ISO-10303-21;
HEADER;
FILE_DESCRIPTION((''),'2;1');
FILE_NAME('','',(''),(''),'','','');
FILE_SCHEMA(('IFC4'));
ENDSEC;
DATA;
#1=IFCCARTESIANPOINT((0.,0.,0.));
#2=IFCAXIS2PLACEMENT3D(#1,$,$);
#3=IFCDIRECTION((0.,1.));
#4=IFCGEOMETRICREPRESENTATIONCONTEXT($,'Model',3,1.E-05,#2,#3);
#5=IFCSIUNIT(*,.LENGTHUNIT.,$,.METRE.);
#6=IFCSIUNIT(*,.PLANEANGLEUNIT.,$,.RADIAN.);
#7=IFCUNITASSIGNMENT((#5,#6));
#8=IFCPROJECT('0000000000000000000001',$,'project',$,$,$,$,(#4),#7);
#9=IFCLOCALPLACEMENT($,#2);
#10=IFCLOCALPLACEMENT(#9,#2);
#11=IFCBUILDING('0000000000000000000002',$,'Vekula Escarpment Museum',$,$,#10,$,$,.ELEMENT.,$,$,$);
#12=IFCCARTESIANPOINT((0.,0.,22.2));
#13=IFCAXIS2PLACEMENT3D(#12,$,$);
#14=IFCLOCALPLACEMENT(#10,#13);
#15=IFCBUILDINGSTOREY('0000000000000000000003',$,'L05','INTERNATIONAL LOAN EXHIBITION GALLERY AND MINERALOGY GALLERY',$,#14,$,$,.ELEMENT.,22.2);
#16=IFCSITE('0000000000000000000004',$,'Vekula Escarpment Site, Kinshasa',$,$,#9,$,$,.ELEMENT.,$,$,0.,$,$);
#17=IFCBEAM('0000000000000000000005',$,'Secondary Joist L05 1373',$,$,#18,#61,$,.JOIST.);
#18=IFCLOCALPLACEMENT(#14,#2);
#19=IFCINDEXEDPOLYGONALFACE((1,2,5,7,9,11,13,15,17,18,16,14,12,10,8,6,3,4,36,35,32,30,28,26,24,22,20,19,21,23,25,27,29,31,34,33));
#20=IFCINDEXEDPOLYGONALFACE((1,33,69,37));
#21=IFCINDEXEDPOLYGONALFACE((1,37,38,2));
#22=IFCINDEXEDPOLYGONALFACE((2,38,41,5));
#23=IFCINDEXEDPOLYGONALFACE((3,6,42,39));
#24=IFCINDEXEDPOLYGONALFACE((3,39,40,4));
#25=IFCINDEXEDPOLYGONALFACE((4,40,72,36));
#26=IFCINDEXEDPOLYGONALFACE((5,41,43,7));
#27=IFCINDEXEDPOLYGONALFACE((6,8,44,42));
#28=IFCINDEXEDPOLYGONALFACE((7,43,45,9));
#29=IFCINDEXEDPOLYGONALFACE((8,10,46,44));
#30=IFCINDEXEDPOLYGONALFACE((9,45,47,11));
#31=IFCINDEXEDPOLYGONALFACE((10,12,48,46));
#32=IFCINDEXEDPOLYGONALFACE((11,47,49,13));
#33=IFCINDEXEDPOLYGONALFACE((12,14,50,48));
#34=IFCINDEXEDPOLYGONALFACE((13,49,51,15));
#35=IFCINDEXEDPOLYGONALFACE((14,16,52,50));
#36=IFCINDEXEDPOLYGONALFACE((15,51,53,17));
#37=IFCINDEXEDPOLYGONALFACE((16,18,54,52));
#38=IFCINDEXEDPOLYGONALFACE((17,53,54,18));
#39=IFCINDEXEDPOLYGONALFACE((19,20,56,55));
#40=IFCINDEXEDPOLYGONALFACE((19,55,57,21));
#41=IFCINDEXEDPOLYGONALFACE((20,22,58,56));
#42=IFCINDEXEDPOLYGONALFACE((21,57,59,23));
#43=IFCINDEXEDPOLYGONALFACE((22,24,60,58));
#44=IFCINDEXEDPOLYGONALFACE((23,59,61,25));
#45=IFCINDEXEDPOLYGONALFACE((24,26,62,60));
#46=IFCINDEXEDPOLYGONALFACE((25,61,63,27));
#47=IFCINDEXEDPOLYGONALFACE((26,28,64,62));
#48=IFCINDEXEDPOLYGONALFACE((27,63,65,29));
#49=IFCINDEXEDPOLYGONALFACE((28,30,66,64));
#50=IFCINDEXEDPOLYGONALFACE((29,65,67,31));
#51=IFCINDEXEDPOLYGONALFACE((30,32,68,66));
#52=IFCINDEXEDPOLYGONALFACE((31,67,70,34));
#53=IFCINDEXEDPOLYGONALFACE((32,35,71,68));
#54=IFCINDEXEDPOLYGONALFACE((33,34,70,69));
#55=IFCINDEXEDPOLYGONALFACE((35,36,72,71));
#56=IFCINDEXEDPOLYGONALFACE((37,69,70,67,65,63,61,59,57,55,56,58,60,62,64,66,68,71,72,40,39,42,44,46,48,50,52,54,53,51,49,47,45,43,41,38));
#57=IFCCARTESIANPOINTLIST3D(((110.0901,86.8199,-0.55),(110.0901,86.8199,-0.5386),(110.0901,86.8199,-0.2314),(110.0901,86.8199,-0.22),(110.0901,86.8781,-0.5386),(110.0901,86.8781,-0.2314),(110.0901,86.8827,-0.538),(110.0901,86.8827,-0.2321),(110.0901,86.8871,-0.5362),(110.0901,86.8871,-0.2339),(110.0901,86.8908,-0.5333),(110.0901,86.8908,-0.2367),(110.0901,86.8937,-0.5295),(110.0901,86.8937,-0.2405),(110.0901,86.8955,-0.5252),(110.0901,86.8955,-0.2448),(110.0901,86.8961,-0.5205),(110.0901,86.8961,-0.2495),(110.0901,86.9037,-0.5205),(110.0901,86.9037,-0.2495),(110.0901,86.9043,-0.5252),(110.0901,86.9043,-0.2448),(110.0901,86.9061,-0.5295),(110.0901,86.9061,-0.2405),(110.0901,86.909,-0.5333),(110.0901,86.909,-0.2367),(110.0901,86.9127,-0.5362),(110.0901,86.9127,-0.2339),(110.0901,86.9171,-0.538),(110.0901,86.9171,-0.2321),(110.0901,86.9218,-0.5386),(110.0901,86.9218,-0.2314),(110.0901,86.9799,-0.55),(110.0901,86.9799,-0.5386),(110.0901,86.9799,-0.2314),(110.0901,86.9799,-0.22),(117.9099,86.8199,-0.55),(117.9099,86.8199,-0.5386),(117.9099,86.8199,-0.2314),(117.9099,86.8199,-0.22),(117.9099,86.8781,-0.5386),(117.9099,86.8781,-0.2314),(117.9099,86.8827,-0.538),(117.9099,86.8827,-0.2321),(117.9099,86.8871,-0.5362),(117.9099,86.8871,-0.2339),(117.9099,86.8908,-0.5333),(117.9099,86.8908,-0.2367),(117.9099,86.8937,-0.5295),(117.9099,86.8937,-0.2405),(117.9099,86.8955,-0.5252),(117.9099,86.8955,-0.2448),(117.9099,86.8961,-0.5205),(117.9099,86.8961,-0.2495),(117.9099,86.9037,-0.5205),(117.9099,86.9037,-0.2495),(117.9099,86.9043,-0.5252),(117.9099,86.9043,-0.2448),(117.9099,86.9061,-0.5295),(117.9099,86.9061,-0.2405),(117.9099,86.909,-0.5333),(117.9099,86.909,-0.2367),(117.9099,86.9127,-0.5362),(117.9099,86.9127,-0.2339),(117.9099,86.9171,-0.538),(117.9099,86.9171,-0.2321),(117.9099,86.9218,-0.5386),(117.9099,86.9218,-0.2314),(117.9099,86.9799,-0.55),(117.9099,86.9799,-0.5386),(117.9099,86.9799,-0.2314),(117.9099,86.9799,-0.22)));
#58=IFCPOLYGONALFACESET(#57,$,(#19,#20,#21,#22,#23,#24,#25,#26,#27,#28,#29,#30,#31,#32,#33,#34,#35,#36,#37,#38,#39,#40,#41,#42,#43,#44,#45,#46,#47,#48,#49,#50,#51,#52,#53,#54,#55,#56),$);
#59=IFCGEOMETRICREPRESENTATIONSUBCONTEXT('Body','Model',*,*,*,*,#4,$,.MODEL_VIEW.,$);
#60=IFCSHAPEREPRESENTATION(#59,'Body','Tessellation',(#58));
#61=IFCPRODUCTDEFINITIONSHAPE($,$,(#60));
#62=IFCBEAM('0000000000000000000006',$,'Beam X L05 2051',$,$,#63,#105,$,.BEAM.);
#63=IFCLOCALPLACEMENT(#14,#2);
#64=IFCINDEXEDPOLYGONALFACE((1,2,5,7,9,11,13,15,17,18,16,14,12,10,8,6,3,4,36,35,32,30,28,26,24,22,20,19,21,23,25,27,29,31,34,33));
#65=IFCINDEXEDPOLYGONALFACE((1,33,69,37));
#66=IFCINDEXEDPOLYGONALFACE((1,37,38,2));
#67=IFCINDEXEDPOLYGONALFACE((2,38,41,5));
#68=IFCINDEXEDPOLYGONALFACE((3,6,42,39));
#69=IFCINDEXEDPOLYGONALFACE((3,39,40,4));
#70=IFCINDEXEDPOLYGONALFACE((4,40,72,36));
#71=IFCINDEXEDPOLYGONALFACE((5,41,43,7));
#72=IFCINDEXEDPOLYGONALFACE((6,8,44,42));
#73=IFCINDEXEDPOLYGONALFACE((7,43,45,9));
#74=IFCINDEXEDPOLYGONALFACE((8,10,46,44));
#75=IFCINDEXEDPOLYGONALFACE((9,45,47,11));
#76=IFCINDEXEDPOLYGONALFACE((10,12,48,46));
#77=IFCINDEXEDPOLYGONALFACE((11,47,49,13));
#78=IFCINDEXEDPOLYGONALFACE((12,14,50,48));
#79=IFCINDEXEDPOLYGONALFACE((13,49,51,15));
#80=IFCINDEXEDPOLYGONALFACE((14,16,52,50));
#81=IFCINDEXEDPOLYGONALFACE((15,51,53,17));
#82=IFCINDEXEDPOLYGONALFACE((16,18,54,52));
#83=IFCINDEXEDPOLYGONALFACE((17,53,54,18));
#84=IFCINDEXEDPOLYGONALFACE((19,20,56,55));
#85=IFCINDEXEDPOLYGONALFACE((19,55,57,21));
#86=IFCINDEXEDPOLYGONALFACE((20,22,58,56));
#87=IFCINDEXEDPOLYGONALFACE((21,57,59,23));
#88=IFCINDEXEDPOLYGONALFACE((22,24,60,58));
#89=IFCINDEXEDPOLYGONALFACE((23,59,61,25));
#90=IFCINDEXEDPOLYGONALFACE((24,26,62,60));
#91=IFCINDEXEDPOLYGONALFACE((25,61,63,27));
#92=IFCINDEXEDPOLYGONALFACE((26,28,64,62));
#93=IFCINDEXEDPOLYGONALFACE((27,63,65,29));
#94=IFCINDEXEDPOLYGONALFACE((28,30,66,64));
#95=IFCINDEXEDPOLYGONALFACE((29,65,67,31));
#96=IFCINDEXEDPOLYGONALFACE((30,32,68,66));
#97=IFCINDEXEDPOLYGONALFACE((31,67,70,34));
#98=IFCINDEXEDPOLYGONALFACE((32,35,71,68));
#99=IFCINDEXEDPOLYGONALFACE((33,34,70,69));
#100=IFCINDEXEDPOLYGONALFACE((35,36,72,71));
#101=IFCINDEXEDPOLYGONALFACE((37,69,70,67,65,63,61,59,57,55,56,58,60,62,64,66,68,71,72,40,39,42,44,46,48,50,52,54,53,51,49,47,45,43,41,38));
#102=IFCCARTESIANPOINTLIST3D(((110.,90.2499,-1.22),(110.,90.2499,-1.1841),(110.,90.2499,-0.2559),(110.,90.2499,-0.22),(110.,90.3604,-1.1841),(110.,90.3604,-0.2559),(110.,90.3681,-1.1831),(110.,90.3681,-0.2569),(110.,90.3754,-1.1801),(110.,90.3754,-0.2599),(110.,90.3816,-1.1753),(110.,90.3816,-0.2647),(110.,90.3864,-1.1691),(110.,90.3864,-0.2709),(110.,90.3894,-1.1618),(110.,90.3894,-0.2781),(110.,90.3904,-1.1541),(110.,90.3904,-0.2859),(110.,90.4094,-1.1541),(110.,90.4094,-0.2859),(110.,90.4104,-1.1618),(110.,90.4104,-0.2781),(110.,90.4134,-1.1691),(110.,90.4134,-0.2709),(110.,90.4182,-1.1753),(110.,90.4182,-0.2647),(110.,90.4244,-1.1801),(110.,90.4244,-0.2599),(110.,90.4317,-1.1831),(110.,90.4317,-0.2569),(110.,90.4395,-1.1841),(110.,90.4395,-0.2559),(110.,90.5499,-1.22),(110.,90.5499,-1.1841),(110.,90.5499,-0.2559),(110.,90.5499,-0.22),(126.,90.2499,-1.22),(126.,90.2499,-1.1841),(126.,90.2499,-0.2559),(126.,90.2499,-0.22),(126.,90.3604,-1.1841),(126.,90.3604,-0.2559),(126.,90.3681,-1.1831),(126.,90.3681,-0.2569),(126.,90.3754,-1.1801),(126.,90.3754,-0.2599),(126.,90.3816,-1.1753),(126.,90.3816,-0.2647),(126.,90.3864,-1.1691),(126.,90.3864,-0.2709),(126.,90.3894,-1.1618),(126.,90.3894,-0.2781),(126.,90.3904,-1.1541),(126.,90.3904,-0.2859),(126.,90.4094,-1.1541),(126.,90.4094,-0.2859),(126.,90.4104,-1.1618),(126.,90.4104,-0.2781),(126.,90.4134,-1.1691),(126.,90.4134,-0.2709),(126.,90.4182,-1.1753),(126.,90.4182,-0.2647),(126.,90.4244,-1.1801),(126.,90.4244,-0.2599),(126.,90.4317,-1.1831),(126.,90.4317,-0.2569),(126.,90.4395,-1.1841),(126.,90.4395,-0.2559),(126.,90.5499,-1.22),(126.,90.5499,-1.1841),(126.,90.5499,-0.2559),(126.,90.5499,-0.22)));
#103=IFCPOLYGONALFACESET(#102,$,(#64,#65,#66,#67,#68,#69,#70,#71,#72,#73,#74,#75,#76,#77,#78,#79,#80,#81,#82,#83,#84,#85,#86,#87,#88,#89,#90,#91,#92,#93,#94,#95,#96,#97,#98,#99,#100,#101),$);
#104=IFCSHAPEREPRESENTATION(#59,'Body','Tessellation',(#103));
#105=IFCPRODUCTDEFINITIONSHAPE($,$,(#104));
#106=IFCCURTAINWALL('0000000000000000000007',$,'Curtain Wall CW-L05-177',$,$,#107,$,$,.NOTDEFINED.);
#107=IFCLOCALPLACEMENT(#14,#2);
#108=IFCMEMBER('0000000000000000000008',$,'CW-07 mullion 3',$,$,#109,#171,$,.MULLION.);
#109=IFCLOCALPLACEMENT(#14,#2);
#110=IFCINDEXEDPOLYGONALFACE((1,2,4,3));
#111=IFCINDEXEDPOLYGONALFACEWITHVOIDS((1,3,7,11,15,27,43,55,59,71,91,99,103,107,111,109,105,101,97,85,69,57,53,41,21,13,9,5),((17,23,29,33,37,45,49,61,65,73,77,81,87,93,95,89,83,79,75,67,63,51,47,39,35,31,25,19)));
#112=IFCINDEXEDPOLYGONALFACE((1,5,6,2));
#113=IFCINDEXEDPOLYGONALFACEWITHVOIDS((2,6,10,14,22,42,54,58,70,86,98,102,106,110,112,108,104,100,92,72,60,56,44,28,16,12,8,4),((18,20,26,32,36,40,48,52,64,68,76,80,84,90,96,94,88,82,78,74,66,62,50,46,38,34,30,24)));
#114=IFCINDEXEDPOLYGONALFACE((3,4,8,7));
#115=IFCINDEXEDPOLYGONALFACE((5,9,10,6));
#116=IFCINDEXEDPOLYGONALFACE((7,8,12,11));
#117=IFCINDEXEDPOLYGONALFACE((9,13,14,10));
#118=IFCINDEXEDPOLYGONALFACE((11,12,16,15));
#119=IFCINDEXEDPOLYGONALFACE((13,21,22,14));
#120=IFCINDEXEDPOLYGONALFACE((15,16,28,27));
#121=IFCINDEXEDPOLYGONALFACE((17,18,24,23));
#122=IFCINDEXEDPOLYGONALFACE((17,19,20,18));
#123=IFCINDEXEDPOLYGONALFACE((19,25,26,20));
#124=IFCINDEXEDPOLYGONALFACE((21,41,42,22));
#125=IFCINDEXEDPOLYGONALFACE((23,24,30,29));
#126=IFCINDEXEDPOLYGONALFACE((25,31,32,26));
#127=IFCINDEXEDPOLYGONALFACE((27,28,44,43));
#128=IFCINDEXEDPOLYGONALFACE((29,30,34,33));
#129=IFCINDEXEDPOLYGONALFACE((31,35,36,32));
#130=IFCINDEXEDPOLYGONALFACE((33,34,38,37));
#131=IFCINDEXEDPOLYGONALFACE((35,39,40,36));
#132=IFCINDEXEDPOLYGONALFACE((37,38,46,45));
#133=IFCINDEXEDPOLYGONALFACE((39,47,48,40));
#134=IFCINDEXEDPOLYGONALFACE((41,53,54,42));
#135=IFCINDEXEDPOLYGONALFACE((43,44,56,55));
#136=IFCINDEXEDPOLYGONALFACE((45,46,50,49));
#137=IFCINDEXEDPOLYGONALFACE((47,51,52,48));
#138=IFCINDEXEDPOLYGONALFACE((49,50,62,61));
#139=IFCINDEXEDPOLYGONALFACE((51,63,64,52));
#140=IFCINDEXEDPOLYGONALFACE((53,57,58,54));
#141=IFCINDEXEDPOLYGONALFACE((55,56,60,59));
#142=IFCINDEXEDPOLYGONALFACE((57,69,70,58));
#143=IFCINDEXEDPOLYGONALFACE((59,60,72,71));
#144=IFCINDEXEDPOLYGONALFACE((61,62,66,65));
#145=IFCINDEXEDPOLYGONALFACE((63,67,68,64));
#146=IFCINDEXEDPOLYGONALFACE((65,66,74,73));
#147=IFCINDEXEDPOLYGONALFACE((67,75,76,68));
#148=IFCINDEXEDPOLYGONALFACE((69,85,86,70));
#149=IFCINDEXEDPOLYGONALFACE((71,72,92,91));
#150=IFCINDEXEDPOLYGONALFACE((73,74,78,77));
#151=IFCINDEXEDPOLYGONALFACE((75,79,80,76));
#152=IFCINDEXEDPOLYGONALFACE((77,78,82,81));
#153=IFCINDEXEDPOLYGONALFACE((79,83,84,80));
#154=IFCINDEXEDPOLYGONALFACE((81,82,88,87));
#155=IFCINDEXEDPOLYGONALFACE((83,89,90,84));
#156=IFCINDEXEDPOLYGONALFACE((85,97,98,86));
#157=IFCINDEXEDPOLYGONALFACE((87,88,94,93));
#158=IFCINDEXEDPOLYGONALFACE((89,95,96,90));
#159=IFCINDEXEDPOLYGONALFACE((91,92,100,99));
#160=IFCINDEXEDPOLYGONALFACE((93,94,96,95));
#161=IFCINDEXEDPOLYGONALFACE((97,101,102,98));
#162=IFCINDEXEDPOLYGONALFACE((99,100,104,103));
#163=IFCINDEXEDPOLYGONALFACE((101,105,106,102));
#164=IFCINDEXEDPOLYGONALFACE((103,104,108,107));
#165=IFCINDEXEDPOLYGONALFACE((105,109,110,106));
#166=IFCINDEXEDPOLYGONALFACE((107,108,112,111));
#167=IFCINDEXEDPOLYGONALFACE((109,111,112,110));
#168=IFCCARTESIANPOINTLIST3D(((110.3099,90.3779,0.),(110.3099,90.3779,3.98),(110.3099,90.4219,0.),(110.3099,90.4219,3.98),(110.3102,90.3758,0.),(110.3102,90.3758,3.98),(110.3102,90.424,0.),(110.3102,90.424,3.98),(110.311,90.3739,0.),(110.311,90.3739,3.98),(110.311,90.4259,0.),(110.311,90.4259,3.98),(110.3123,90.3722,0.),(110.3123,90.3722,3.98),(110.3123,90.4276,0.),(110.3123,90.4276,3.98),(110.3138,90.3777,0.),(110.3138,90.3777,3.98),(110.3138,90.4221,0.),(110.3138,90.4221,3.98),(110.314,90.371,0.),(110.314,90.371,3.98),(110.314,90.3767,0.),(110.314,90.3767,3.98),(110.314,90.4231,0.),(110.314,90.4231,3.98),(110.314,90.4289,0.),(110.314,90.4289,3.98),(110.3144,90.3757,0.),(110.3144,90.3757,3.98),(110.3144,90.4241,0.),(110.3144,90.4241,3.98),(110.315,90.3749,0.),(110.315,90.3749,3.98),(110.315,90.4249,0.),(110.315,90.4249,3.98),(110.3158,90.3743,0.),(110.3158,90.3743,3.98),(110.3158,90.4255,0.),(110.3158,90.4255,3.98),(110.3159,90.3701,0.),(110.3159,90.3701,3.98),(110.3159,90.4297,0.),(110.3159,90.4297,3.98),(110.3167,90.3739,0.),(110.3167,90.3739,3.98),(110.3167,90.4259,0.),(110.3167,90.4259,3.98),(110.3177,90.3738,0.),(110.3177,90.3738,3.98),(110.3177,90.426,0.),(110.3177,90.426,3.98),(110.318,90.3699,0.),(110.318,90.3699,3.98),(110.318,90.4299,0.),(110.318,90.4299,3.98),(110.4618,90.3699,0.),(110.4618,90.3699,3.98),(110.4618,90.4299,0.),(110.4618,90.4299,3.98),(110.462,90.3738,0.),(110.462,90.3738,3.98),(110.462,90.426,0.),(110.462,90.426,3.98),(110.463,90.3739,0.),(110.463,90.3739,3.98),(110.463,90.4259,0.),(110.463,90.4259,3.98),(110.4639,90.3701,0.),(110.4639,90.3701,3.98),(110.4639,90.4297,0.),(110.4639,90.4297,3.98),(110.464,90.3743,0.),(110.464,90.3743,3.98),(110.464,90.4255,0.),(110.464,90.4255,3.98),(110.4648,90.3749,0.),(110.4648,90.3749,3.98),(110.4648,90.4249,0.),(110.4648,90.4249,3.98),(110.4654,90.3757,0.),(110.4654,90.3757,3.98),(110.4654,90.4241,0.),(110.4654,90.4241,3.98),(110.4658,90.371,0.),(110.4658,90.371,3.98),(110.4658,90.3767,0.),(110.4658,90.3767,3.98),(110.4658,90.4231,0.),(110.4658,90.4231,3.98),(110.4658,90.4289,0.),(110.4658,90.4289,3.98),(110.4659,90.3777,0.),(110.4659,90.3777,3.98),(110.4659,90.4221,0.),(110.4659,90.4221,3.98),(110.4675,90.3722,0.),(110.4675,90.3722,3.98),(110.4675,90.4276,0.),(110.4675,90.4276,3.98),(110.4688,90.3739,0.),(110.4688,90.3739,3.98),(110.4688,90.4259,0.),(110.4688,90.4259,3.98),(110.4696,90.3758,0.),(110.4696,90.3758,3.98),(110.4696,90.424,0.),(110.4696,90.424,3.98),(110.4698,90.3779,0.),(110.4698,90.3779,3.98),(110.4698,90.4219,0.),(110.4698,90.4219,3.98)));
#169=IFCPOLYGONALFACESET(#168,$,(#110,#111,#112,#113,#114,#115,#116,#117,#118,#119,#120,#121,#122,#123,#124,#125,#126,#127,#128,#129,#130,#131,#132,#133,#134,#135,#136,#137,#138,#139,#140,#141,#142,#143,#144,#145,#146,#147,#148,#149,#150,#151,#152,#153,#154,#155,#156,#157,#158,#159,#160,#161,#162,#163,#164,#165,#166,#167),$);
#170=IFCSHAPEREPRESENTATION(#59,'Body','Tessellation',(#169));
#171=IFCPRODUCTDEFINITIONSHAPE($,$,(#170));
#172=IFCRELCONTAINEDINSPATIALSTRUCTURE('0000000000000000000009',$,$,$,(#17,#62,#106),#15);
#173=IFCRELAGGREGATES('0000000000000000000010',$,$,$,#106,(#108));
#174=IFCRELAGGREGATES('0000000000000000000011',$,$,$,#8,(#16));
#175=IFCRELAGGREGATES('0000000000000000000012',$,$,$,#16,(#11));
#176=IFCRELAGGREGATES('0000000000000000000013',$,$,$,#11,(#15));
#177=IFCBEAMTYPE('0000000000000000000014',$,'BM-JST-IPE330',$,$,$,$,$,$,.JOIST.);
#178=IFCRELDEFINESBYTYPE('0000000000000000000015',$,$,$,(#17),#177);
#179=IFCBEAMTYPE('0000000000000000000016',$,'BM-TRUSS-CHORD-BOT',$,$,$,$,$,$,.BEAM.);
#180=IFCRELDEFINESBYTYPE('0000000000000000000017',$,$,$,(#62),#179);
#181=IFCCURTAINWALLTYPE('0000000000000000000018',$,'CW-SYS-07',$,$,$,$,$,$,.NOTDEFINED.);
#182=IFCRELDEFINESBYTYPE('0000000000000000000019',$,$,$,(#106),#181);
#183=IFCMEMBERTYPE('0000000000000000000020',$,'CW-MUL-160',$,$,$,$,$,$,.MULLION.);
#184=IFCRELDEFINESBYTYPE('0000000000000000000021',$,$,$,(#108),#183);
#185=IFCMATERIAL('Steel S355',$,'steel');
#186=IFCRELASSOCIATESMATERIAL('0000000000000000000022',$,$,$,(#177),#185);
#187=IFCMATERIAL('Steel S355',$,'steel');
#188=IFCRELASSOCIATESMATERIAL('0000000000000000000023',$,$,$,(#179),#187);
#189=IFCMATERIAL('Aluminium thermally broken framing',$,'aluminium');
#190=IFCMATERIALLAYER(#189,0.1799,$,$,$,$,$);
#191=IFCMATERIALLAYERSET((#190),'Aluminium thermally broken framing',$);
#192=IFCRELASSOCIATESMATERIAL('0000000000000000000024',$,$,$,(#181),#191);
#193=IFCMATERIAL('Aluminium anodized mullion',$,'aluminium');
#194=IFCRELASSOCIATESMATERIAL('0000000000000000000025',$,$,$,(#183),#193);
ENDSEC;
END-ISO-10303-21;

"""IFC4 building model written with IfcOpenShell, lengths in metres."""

from ifc_helpers import new_model, si_unit, direction, frame, origin, origin_2d, place, context, subcontext, project, spatial, hollow_rectangle, i_section, extrude, material, layer, layer_set, material_profile, profile_set, type_object, element, aggregate, save


model = new_model("IFC4")

# Units and contexts
model_context = context("Model", 3, precision=1e-05, world=origin(), true_north=direction((0.0, 1.0)))
body_context = subcontext(model_context, "Body", "Model", "MODEL_VIEW")
ifc_project = project(units=[si_unit("LENGTHUNIT", "METRE"), si_unit("PLANEANGLEUNIT", "RADIAN")], contexts=[model_context])

# Site, building, storey
site_placement = place(None, origin())
site = spatial("IfcSite", under=ifc_project, at=site_placement, Name="Vekula Escarpment Site, Kinshasa", CompositionType="ELEMENT", RefElevation=0.0)
building_placement = place(site_placement, origin())
building = spatial("IfcBuilding", under=site, at=building_placement, Name="Vekula Escarpment Museum", CompositionType="ELEMENT")
storey_placement = place(building_placement, frame((0.0, 0.0, 22.2)))
storey = spatial("IfcBuildingStorey", under=building, at=storey_placement, Name="L05", Description="INTERNATIONAL LOAN EXHIBITION GALLERY AND MINERALOGY GALLERY", CompositionType="ELEMENT", Elevation=22.2)

# Beams
ifc_material_1 = material(Name="Steel S355", Category="steel")
ifc_material_profile_1 = material_profile(ifc_material_1, i_section(OverallWidth=0.1599, OverallDepth=0.3301, WebThickness=0.0076, FlangeThickness=0.0115, FilletRadius=0.0181, at=origin_2d()), Name="IPE 330")
ifc_profile_set_1 = profile_set([ifc_material_profile_1], Name="Steel S355")
beam_type_1 = type_object("IfcBeamType", Name="BM-JST-IPE330", PredefinedType="JOIST", material=ifc_profile_set_1)
beam_1_placement = place(storey_placement, frame((110.0901, 86.8999, -0.385), z_axis=(1.0, 0.0, 0.0), x_axis=(0.0, 1.0, 0.0)))
element("IfcBeam", 1, at=beam_1_placement, inside=storey, type_object=beam_type_1, Name="Secondary Joist L05 1373", PredefinedType="JOIST", context=body_context, shape_type="SweptSolid", body=[
    extrude(i_section(OverallWidth=0.1599, OverallDepth=0.3301, WebThickness=0.0076, FlangeThickness=0.0115, FilletRadius=0.0181, at=origin_2d()), origin(), (0.0, 0.0, 1.0), 7.8198),
])
ifc_material_2 = material(Name="Steel S355", Category="steel")
ifc_material_profile_2 = material_profile(ifc_material_2, i_section(OverallWidth=0.3, OverallDepth=1.0, WebThickness=0.019, FlangeThickness=0.0359, FilletRadius=0.03, at=origin_2d()), Name="HEB 1000")
ifc_profile_set_2 = profile_set([ifc_material_profile_2], Name="Steel S355")
beam_type_2 = type_object("IfcBeamType", Name="BM-TRUSS-CHORD-BOT", PredefinedType="BEAM", material=ifc_profile_set_2)
beam_2_placement = place(storey_placement, frame((110.0, 90.3999, -0.72), z_axis=(1.0, 0.0, 0.0), x_axis=(0.0, 1.0, 0.0)))
element("IfcBeam", 2, at=beam_2_placement, inside=storey, type_object=beam_type_2, Name="Beam X L05 2051", PredefinedType="BEAM", context=body_context, shape_type="SweptSolid", body=[
    extrude(i_section(OverallWidth=0.3, OverallDepth=1.0, WebThickness=0.019, FlangeThickness=0.0359, FilletRadius=0.03, at=origin_2d()), origin(), (0.0, 0.0, 1.0), 16.0),
])

# Curtain wall, member
ifc_material_3 = material(Name="Aluminium thermally broken framing", Category="aluminium")
ifc_layer_1 = layer(ifc_material_3, 0.1799)
ifc_layer_set_1 = layer_set([ifc_layer_1], Name="Aluminium thermally broken framing")
curtain_wall_type_1 = type_object("IfcCurtainWallType", Name="CW-SYS-07", PredefinedType="NOTDEFINED", material=ifc_layer_set_1)
curtain_wall_1_placement = place(storey_placement, origin())
curtain_wall_1 = element("IfcCurtainWall", 3, at=curtain_wall_1_placement, inside=storey, type_object=curtain_wall_type_1, Name="Curtain Wall CW-L05-177", PredefinedType="NOTDEFINED")
ifc_material_4 = material(Name="Aluminium anodized mullion", Category="aluminium")
ifc_material_profile_3 = material_profile(ifc_material_4, hollow_rectangle(XDim=0.0601, YDim=0.1599, WallThickness=0.0039, InnerFilletRadius=0.0039, OuterFilletRadius=0.0081, at=origin_2d()), Name="ALU 160x60x4")
ifc_profile_set_3 = profile_set([ifc_material_profile_3], Name="Aluminium anodized mullion")
member_type_1 = type_object("IfcMemberType", Name="CW-MUL-160", PredefinedType="MULLION", material=ifc_profile_set_3)
member_1_placement = place(storey_placement, frame((110.3899, 90.3999, 0.0), z_axis=(0.0, 0.0, 1.0), x_axis=(0.0, -1.0, 0.0)))
member_1 = element("IfcMember", 4, at=member_1_placement, type_object=member_type_1, Name="CW-07 mullion 3", PredefinedType="MULLION", context=body_context, shape_type="SweptSolid", body=[
    extrude(hollow_rectangle(XDim=0.0601, YDim=0.1599, WallThickness=0.0039, InnerFilletRadius=0.0039, OuterFilletRadius=0.0081, at=origin_2d()), origin(), (0.0, 0.0, 1.0), 3.98),
])

aggregate(curtain_wall_1, [member_1])

save(model, "model.ifc")
